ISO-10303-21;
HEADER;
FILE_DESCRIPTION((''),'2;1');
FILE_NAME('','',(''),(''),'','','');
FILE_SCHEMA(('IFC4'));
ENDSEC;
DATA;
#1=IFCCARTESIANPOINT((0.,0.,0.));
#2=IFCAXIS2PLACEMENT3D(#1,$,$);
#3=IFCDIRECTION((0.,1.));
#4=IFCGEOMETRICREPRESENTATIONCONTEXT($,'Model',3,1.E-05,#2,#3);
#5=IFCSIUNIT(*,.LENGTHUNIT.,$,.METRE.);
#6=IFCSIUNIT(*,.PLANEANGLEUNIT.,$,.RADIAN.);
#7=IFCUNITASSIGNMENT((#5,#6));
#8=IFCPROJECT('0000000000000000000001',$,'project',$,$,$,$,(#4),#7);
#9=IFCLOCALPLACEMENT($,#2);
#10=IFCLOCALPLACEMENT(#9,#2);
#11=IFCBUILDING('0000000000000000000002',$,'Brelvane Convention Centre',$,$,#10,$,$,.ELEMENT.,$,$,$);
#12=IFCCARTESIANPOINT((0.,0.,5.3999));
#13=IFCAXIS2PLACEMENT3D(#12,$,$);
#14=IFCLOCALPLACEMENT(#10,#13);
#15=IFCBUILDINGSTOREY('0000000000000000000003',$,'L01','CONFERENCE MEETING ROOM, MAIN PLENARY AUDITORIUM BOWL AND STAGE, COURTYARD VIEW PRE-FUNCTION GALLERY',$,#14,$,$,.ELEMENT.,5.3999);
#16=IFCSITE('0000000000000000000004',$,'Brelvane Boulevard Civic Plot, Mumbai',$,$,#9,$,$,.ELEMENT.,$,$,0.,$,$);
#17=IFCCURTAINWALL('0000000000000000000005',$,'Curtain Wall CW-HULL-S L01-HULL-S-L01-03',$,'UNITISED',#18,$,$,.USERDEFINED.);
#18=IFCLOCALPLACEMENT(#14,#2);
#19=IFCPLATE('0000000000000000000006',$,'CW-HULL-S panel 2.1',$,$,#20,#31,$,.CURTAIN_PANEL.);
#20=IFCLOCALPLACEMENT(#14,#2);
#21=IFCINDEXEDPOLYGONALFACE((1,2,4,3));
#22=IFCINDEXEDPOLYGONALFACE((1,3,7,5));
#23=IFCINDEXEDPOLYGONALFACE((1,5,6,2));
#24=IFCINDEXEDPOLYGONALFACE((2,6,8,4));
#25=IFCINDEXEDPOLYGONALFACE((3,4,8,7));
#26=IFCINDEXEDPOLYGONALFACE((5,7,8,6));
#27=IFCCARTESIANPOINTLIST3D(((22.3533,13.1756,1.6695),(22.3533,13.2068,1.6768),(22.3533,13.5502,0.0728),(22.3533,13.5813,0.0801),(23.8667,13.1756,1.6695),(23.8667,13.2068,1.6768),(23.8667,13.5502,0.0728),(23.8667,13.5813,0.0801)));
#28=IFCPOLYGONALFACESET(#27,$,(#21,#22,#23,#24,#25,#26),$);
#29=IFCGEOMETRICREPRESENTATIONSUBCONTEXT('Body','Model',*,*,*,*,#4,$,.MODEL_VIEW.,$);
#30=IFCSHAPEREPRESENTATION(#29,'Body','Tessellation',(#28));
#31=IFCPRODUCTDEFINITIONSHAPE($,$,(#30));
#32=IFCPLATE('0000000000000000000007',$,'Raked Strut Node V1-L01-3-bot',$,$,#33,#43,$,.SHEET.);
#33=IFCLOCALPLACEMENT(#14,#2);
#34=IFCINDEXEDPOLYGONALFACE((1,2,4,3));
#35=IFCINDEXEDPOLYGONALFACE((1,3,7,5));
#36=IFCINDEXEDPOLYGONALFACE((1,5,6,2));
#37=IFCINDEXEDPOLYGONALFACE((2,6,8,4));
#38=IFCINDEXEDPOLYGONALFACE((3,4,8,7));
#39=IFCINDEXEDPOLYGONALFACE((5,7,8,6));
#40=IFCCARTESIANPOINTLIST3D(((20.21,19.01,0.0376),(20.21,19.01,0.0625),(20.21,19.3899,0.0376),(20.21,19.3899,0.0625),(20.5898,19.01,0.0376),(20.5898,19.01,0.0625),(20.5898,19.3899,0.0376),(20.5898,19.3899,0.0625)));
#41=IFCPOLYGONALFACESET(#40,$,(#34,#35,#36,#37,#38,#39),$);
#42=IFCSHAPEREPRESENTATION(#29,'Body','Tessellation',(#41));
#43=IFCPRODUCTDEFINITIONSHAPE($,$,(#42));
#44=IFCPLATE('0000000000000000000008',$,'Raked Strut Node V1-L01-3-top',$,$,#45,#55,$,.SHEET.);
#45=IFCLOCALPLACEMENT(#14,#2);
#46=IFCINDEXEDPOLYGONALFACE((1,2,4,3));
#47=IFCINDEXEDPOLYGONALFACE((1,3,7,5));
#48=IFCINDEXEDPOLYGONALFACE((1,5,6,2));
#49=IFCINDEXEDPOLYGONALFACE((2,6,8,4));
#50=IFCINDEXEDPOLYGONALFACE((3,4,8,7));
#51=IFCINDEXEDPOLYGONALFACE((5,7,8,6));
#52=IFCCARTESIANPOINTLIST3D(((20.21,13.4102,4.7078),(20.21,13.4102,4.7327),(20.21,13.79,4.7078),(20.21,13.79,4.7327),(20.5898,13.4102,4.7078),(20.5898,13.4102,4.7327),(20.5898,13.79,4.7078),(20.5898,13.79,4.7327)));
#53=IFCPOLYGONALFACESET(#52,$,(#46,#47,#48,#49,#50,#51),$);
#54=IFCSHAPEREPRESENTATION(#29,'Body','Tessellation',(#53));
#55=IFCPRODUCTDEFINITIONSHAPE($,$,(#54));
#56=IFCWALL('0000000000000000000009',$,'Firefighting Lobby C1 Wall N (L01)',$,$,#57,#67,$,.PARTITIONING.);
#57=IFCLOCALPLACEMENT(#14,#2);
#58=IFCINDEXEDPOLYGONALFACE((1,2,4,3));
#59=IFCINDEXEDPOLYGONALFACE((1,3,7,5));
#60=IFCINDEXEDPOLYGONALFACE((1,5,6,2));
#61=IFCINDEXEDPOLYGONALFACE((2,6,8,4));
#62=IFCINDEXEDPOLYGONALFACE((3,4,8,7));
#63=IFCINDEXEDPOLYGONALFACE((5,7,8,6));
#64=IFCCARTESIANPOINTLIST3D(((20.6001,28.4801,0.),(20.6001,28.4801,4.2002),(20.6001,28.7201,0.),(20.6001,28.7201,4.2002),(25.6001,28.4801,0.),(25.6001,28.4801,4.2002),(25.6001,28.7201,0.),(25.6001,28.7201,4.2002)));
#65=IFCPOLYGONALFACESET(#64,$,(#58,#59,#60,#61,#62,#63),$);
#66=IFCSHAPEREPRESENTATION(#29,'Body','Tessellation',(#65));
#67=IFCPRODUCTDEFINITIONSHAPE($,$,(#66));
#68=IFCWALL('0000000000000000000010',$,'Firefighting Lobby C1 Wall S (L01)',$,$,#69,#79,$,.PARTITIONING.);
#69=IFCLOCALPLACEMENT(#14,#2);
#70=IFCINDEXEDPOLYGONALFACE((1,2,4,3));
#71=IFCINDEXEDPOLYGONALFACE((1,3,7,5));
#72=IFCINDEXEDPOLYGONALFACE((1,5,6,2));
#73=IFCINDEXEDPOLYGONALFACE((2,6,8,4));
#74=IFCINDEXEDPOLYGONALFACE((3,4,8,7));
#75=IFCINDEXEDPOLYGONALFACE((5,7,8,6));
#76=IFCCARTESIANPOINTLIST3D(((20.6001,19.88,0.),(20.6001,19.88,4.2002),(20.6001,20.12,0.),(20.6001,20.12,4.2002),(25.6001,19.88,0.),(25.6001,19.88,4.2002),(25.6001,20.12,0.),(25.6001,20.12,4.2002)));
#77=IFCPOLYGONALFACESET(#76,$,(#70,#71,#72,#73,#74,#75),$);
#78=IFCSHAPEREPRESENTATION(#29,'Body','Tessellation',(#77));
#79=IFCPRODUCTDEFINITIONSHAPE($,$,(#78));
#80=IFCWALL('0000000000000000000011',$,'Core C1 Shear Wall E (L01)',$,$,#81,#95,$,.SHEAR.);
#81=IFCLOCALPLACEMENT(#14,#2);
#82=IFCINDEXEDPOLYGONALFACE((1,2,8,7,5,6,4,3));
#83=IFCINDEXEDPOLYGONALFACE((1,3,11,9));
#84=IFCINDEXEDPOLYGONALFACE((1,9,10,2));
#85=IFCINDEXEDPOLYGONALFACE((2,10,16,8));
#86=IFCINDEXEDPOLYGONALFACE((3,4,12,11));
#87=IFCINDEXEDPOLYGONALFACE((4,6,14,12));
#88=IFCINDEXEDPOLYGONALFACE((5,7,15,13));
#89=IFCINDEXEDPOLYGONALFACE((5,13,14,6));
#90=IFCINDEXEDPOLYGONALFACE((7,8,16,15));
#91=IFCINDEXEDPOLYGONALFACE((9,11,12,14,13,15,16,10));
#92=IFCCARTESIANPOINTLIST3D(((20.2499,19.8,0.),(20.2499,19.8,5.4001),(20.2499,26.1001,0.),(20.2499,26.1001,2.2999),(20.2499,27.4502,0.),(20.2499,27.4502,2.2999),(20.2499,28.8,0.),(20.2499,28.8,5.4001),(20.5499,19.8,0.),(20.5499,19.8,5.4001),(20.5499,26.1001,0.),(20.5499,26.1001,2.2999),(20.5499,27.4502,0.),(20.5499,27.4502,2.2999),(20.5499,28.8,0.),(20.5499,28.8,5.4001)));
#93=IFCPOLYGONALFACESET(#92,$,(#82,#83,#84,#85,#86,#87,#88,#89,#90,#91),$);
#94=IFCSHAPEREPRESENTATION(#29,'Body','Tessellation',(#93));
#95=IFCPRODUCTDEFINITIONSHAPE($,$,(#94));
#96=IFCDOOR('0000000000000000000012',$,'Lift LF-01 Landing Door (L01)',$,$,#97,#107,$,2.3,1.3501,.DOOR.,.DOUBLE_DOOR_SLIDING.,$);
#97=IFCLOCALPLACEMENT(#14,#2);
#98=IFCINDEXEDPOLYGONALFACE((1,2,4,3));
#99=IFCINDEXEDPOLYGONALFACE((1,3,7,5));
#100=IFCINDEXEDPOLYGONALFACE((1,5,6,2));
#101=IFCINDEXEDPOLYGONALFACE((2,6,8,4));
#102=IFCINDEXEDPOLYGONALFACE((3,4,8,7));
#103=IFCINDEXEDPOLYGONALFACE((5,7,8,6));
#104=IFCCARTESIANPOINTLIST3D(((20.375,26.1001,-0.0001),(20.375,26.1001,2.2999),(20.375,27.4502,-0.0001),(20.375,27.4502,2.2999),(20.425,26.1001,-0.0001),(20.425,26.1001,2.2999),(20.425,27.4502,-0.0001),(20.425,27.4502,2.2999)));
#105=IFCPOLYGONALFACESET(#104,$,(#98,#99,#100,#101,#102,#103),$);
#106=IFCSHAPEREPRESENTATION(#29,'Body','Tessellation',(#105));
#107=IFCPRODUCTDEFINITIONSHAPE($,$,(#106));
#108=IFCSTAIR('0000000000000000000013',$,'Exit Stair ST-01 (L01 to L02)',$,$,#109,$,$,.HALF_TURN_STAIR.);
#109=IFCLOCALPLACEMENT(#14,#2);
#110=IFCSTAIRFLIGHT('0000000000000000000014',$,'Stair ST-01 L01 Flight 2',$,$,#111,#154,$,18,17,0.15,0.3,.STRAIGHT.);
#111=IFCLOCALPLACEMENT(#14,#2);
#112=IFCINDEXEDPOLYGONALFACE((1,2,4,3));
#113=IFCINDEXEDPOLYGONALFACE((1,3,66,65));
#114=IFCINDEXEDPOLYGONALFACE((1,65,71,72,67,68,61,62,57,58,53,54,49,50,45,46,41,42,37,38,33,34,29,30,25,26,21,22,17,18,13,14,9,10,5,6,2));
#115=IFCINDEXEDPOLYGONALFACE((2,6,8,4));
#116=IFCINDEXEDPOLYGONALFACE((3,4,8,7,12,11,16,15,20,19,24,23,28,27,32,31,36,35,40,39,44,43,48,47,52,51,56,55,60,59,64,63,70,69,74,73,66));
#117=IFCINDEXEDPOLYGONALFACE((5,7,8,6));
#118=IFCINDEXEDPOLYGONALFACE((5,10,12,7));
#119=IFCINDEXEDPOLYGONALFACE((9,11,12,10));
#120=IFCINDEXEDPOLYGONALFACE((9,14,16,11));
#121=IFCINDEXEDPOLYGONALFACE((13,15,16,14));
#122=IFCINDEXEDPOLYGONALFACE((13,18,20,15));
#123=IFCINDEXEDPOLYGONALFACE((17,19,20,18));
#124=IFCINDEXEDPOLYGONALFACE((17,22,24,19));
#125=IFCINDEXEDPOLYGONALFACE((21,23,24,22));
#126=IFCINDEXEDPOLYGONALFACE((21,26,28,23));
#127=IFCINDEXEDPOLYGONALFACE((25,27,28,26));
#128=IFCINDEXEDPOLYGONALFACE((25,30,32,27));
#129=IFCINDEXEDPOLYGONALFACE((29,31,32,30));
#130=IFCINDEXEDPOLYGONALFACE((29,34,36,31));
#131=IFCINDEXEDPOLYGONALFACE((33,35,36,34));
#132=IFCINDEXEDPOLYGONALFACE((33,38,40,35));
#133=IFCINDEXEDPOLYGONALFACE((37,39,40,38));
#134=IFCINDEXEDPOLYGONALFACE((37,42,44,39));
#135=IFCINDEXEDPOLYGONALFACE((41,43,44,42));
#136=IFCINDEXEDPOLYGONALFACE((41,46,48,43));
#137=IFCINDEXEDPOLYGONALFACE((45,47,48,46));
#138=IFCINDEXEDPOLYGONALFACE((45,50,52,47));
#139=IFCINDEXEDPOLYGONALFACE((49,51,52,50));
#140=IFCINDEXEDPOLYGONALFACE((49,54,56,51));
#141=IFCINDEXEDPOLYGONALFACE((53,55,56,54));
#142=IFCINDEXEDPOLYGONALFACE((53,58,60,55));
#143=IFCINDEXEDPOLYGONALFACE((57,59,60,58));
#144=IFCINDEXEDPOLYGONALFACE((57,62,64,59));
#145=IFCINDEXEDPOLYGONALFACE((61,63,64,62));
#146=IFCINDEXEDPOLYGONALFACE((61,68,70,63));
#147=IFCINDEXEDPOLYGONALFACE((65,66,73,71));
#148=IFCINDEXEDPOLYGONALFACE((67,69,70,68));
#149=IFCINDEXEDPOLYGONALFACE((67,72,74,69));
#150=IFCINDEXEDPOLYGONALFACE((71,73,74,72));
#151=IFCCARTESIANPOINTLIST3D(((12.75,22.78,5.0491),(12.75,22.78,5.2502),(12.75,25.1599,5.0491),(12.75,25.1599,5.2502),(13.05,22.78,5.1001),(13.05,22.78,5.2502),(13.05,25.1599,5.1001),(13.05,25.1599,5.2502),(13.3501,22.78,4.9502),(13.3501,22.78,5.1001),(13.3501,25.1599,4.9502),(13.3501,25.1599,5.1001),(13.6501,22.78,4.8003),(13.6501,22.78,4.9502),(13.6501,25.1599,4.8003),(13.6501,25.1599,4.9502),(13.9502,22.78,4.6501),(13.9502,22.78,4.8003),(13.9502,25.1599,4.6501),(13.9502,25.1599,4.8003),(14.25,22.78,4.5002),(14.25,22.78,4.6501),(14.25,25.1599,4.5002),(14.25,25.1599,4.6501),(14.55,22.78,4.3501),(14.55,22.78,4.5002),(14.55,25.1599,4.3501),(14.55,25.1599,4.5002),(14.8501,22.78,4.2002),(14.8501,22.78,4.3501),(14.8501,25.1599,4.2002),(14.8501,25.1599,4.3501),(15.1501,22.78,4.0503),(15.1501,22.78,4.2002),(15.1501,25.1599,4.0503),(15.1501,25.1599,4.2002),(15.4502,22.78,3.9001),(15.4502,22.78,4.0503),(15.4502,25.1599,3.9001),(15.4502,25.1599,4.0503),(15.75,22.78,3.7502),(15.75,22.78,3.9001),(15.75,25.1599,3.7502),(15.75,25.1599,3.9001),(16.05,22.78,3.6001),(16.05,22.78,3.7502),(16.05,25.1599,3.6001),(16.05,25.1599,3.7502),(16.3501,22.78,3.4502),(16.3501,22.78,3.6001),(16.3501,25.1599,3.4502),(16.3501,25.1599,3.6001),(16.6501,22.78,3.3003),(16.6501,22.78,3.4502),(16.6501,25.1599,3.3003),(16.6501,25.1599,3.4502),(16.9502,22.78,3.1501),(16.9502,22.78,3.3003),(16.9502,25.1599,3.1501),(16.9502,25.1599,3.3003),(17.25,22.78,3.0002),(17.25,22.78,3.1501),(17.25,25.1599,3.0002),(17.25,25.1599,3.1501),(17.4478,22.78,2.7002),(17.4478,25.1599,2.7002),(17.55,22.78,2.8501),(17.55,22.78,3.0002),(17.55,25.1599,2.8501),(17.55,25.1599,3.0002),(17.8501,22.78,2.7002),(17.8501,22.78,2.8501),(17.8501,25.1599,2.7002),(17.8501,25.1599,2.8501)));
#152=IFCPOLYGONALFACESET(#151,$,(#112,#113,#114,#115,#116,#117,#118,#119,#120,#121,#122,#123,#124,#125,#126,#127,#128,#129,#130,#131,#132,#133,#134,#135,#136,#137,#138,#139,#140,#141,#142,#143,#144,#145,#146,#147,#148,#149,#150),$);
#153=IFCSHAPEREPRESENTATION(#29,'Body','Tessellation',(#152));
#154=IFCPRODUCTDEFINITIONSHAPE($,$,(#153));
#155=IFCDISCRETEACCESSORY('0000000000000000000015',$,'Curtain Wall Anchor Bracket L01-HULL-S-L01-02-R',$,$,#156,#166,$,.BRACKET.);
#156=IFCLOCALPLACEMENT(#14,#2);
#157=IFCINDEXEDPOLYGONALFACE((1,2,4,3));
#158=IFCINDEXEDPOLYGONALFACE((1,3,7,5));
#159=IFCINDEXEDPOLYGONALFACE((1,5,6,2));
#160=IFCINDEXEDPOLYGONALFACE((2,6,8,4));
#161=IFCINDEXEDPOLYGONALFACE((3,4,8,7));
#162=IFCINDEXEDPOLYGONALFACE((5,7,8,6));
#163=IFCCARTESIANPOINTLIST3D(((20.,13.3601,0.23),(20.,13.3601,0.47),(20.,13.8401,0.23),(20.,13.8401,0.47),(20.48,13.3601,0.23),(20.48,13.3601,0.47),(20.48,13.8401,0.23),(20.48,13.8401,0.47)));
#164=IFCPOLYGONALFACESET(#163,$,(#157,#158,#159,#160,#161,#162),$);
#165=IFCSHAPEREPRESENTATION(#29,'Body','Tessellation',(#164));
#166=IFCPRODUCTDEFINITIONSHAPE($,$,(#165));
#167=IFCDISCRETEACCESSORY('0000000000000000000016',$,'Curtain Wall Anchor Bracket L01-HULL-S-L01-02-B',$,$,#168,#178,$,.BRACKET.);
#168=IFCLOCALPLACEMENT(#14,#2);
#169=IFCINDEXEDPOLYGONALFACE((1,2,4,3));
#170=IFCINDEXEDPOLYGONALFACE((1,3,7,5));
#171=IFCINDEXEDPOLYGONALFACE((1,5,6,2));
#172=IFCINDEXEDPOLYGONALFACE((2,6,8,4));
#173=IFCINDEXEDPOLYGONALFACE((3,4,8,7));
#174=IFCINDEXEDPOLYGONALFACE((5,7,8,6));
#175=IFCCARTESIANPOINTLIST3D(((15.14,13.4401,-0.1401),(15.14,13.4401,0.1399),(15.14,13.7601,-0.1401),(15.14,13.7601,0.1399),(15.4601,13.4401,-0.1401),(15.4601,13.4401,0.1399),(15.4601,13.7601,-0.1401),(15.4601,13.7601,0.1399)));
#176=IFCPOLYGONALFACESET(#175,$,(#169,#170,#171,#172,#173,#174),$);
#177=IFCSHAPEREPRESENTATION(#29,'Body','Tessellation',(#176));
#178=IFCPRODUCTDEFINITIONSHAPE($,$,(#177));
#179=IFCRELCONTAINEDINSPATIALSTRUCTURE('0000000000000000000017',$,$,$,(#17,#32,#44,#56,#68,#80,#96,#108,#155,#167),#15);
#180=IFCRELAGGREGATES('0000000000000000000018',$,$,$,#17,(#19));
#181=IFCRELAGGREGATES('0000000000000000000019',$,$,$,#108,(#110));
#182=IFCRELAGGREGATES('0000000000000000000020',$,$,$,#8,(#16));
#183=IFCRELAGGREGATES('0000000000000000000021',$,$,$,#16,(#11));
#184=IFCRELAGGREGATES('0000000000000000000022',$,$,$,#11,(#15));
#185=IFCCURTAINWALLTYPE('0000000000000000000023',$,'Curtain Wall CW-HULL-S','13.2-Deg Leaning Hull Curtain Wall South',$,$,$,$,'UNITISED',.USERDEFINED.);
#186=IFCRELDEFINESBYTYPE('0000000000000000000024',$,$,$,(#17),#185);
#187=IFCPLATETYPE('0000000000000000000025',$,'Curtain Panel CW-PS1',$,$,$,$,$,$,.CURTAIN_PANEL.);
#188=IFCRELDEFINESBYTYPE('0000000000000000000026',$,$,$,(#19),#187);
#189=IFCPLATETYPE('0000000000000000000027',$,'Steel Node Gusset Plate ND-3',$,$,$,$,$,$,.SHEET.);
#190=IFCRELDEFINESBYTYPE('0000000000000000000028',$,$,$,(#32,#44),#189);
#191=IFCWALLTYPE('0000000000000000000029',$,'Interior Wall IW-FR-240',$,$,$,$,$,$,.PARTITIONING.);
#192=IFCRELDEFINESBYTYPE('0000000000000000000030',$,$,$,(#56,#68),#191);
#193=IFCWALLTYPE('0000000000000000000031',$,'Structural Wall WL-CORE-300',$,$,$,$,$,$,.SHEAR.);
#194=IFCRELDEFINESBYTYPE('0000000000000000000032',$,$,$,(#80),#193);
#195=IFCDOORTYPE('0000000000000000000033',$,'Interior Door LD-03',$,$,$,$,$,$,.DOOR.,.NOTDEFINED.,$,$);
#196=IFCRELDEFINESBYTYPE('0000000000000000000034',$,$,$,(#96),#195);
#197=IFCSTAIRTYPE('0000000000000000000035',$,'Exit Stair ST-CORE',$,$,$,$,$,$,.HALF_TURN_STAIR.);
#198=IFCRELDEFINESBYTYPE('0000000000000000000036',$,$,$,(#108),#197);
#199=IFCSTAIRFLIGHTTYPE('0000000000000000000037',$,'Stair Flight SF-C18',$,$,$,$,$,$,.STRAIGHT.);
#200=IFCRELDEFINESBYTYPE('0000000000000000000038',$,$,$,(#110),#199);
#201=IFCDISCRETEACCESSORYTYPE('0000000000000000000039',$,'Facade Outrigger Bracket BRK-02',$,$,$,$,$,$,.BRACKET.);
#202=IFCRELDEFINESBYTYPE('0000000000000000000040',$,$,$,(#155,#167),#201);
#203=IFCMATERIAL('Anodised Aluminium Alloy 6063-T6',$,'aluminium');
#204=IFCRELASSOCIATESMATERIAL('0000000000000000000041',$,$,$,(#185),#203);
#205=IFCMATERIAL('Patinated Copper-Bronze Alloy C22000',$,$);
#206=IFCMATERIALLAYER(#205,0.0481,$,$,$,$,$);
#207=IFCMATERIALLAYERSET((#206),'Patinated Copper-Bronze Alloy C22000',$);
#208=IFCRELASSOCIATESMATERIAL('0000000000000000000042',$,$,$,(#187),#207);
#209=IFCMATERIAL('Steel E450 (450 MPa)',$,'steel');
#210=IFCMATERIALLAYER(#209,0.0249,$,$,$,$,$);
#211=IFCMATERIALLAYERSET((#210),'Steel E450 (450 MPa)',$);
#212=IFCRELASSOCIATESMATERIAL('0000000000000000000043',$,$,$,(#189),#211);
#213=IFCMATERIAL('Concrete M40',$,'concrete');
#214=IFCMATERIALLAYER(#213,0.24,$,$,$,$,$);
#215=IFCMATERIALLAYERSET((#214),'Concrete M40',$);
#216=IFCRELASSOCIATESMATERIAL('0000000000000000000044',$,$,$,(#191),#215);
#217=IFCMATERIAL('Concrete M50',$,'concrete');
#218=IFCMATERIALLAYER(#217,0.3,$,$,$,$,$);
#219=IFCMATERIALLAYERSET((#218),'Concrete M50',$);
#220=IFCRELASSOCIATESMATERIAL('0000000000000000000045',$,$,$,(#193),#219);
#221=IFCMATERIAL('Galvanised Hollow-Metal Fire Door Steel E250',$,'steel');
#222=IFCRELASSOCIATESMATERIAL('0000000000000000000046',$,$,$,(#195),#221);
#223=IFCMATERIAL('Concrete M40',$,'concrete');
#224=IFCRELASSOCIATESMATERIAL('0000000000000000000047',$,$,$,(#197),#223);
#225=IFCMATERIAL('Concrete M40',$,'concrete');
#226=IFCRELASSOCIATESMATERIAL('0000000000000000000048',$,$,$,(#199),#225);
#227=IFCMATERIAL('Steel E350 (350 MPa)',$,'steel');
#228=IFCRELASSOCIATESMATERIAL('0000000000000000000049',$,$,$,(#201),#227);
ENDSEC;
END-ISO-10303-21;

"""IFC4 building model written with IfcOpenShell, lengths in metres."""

from ifc_helpers import new_model, si_unit, direction, frame, frame_2d, origin, origin_2d, place, context, subcontext, project, spatial, polyline, rectangle, outline, extrude, material, layer, layer_set, type_object, element, fill, aggregate, save


model = new_model("IFC4")

# Units and contexts
model_context = context("Model", 3, precision=1e-05, world=origin(), true_north=direction((0.0, 1.0)))
body_context = subcontext(model_context, "Body", "Model", "MODEL_VIEW")
ifc_project = project(units=[si_unit("LENGTHUNIT", "METRE"), si_unit("PLANEANGLEUNIT", "RADIAN")], contexts=[model_context])

# Site, building, storey
site_placement = place(None, origin())
site = spatial("IfcSite", under=ifc_project, at=site_placement, Name="Brelvane Boulevard Civic Plot, Mumbai", CompositionType="ELEMENT", RefElevation=0.0)
building_placement = place(site_placement, origin())
building = spatial("IfcBuilding", under=site, at=building_placement, Name="Brelvane Convention Centre", CompositionType="ELEMENT")
storey_placement = place(building_placement, frame((0.0, 0.0, 5.3999)))
storey = spatial("IfcBuildingStorey", under=building, at=storey_placement, Name="L01", Description="CONFERENCE MEETING ROOM, MAIN PLENARY AUDITORIUM BOWL AND STAGE, COURTYARD VIEW PRE-FUNCTION GALLERY", CompositionType="ELEMENT", Elevation=5.3999)

# Curtain wall
ifc_material_1 = material(Name="Anodised Aluminium Alloy 6063-T6", Category="aluminium")
curtain_wall_type = type_object("IfcCurtainWallType", Name="Curtain Wall CW-HULL-S", Description="13.2-Deg Leaning Hull Curtain Wall South", ElementType="UNITISED", PredefinedType="USERDEFINED", material=ifc_material_1)
curtain_wall_1_placement = place(storey_placement, origin())
curtain_wall_1 = element("IfcCurtainWall", 1, at=curtain_wall_1_placement, inside=storey, type_object=curtain_wall_type, Name="Curtain Wall CW-HULL-S L01-HULL-S-L01-03", ObjectType="UNITISED", PredefinedType="USERDEFINED")

# Plate
ifc_material_2 = material(Name="Patinated Copper-Bronze Alloy C22000")
ifc_layer_1 = layer(ifc_material_2, 0.0481)
ifc_layer_set_1 = layer_set([ifc_layer_1], Name="Patinated Copper-Bronze Alloy C22000")
plate_type_1 = type_object("IfcPlateType", Name="Curtain Panel CW-PS1", PredefinedType="CURTAIN_PANEL", material=ifc_layer_set_1)
plate_1_placement = place(storey_placement, frame((22.3533, 13.5813, 0.0801), z_axis=(0.0, 0.973577, 0.228359), x_axis=(1.0, 0.0, 0.0)))
plate_1 = element("IfcPlate", 2, at=plate_1_placement, type_object=plate_type_1, Name="CW-HULL-S panel 2.1", PredefinedType="CURTAIN_PANEL", context=body_context, shape_type="SweptSolid", body=[
    extrude(outline(polyline([(0.0, 0.0), (1.5134, 0.0), (1.5134, -1.64), (0.0, -1.64), (0.0, 0.0)])), origin(), (0.0, 0.0, -1.0), 0.032),
])
aggregate(curtain_wall_1, [plate_1])

# Plates
ifc_material_3 = material(Name="Steel E450 (450 MPa)", Category="steel")
ifc_layer_2 = layer(ifc_material_3, 0.0249)
ifc_layer_set_2 = layer_set([ifc_layer_2], Name="Steel E450 (450 MPa)")
plate_type_2 = type_object("IfcPlateType", Name="Steel Node Gusset Plate ND-3", PredefinedType="SHEET", material=ifc_layer_set_2)
for number, where, z_axis, x_axis, name in (
    (3, (20.3999, 19.2, 0.0376), (0.0, 0.0, 1.0), (1.0, 0.0, 0.0), "Raked Strut Node V1-L01-3-bot"),
    (4, (20.3999, 13.6001, 4.7078), (0.0, 0.0, 1.0), (1.0, 0.0, 0.0), "Raked Strut Node V1-L01-3-top"),
):
    element("IfcPlate", number, at=place(storey_placement, frame(where, z_axis=z_axis, x_axis=x_axis)), inside=storey, type_object=plate_type_2, Name=name, PredefinedType="SHEET", context=body_context, shape_type="SweptSolid", body=[
        extrude(rectangle(XDim=0.3799, YDim=0.3799, at=origin_2d()), origin(), (0.0, 0.0, 1.0), 0.0249),
    ])

# Walls
ifc_material_4 = material(Name="Concrete M40", Category="concrete")
ifc_layer_3 = layer(ifc_material_4, 0.24)
ifc_layer_set_3 = layer_set([ifc_layer_3], Name="Concrete M40")
wall_type_1 = type_object("IfcWallType", Name="Interior Wall IW-FR-240", PredefinedType="PARTITIONING", material=ifc_layer_set_3)
for number, where, z_axis, x_axis, name in (
    (5, (20.6001, 28.6001, 0.0), (0.0, 0.0, 1.0), (1.0, 0.0, 0.0), "Firefighting Lobby C1 Wall N (L01)"),
    (6, (20.6001, 20.0, 0.0), (0.0, 0.0, 1.0), (1.0, 0.0, 0.0), "Firefighting Lobby C1 Wall S (L01)"),
):
    element("IfcWall", number, at=place(storey_placement, frame(where, z_axis=z_axis, x_axis=x_axis)), inside=storey, type_object=wall_type_1, Name=name, PredefinedType="PARTITIONING", context=body_context, shape_type="SweptSolid", body=[
        extrude(rectangle(XDim=5.0, YDim=0.24, at=frame_2d((2.5, 0.0))), origin(), (0.0, 0.0, 1.0), 4.2002),
    ])

# Wall, opening, door
ifc_material_5 = material(Name="Concrete M50", Category="concrete")
ifc_layer_4 = layer(ifc_material_5, 0.3)
ifc_layer_set_4 = layer_set([ifc_layer_4], Name="Concrete M50")
wall_type_2 = type_object("IfcWallType", Name="Structural Wall WL-CORE-300", PredefinedType="SHEAR", material=ifc_layer_set_4)
wall_placement = place(storey_placement, frame((20.3999, 19.8, 0.0), z_axis=(0.0, 0.0, 1.0), x_axis=(0.0, 1.0, 0.0)))
wall = element("IfcWall", 7, at=wall_placement, inside=storey, type_object=wall_type_2, Name="Core C1 Shear Wall E (L01)", PredefinedType="SHEAR", context=body_context, shape_type="SweptSolid", body=[
    extrude(rectangle(XDim=9.0, YDim=0.3, at=frame_2d((4.5, 0.0))), origin(), (0.0, 0.0, 1.0), 5.4001),
])
opening_placement = place(wall_placement, frame((6.3, 0.0, 0.0)))
opening = element("IfcOpeningElement", 8, at=opening_placement, cuts=wall, PredefinedType="OPENING", context=body_context, shape_type="SweptSolid", body=[
    extrude(rectangle(XDim=1.3501, YDim=2.3, at=frame_2d((0.675, 1.1499))), frame((0.0, 0.1599, 0.0), z_axis=(0.0, -1.0, 0.0), x_axis=(1.0, 0.0, 0.0)), (0.0, 0.0, 1.0), 0.3201),
])
ifc_material_6 = material(Name="Galvanised Hollow-Metal Fire Door Steel E250", Category="steel")
door_type = type_object("IfcDoorType", Name="Interior Door LD-03", OperationType="NOTDEFINED", PredefinedType="DOOR", material=ifc_material_6)
door_placement = place(opening_placement, origin())
door = element("IfcDoor", 9, at=door_placement, inside=storey, type_object=door_type, Name="Lift LF-01 Landing Door (L01)", OperationType="DOUBLE_DOOR_SLIDING", OverallHeight=2.3, OverallWidth=1.3501, PredefinedType="DOOR", context=body_context, shape_type="SweptSolid", body=[
    extrude(rectangle(XDim=1.3501, YDim=2.3, at=frame_2d((0.675, 1.1499))), frame((0.0, 0.0249, 0.0), z_axis=(0.0, -1.0, 0.0), x_axis=(1.0, 0.0, 0.0)), (0.0, 0.0, 1.0), 0.05),
])
fill(opening, door)

# Stair, stair flight
ifc_material_7 = material(Name="Concrete M40", Category="concrete")
stair_type = type_object("IfcStairType", Name="Exit Stair ST-CORE", PredefinedType="HALF_TURN_STAIR", material=ifc_material_7)
stair_placement = place(storey_placement, origin())
stair = element("IfcStair", 10, at=stair_placement, inside=storey, type_object=stair_type, Name="Exit Stair ST-01 (L01 to L02)", PredefinedType="HALF_TURN_STAIR")
ifc_material_8 = material(Name="Concrete M40", Category="concrete")
stair_flight_type = type_object("IfcStairFlightType", Name="Stair Flight SF-C18", PredefinedType="STRAIGHT", material=ifc_material_8)
stair_flight_placement = place(storey_placement, frame((17.8501, 23.97, 2.7002), z_axis=(0.0, 0.0, 1.0), x_axis=(-1.0, 0.0, 0.0)))
stair_flight = element("IfcStairFlight", 11, at=stair_flight_placement, type_object=stair_flight_type, Name="Stair ST-01 L01 Flight 2", NumberOfRisers=18, NumberOfTreads=17, PredefinedType="STRAIGHT", RiserHeight=0.15, TreadLength=0.3, context=body_context, shape_type="SweptSolid", body=[
    extrude(outline(polyline([(0.0, 0.0), (0.0, 0.1499), (0.3, 0.1499), (0.3, 0.3), (0.6001, 0.3), (0.6001, 0.45), (0.8999, 0.45), (0.8999, 0.6001), (1.2, 0.6001), (1.2, 0.75), (1.5, 0.75), (1.5, 0.8999), (1.8, 0.8999), (1.8, 1.05), (2.1001, 1.05), (2.1001, 1.2), (2.3999, 1.2), (2.3999, 1.3501), (2.7, 1.3501), (2.7, 1.5), (3.0, 1.5), (3.0, 1.6499), (3.3, 1.6499), (3.3, 1.8), (3.6001, 1.8), (3.6001, 1.95), (3.8999, 1.95), (3.8999, 2.1001), (4.2, 2.1001), (4.2, 2.25), (4.5, 2.25), (4.5, 2.3999), (4.8, 2.3999), (4.8, 2.55), (5.1001, 2.55), (5.1001, 2.7), (5.1001, 2.3489), (0.4023, 0.0), (0.0, 0.0)])), frame((0.0, 1.1899, 0.0), z_axis=(0.0, -1.0, 0.0), x_axis=(1.0, 0.0, 0.0)), (0.0, 0.0, 1.0), 2.3799),
])
aggregate(stair, [stair_flight])

# Discrete accessories
ifc_material_9 = material(Name="Steel E350 (350 MPa)", Category="steel")
discrete_accessory_type = type_object("IfcDiscreteAccessoryType", Name="Facade Outrigger Bracket BRK-02", PredefinedType="BRACKET", material=ifc_material_9)
discrete_accessory_1_placement = place(storey_placement, frame((20.24, 13.6001, 0.23), z_axis=(0.0, 0.0, 1.0), x_axis=(1.0, 0.0, 0.0)))
element("IfcDiscreteAccessory", 12, at=discrete_accessory_1_placement, inside=storey, type_object=discrete_accessory_type, Name="Curtain Wall Anchor Bracket L01-HULL-S-L01-02-R", PredefinedType="BRACKET", context=body_context, shape_type="SweptSolid", body=[
    extrude(rectangle(XDim=0.48, YDim=0.48, at=origin_2d()), origin(), (0.0, 0.0, 1.0), 0.24),
])
discrete_accessory_2_placement = place(storey_placement, frame((15.3, 13.6001, -0.1401), z_axis=(0.0, 0.0, 1.0), x_axis=(1.0, 0.0, 0.0)))
element("IfcDiscreteAccessory", 13, at=discrete_accessory_2_placement, inside=storey, type_object=discrete_accessory_type, Name="Curtain Wall Anchor Bracket L01-HULL-S-L01-02-B", PredefinedType="BRACKET", context=body_context, shape_type="SweptSolid", body=[
    extrude(rectangle(XDim=0.3201, YDim=0.3201, at=origin_2d()), origin(), (0.0, 0.0, 1.0), 0.28),
])

save(model, "model.ifc")
